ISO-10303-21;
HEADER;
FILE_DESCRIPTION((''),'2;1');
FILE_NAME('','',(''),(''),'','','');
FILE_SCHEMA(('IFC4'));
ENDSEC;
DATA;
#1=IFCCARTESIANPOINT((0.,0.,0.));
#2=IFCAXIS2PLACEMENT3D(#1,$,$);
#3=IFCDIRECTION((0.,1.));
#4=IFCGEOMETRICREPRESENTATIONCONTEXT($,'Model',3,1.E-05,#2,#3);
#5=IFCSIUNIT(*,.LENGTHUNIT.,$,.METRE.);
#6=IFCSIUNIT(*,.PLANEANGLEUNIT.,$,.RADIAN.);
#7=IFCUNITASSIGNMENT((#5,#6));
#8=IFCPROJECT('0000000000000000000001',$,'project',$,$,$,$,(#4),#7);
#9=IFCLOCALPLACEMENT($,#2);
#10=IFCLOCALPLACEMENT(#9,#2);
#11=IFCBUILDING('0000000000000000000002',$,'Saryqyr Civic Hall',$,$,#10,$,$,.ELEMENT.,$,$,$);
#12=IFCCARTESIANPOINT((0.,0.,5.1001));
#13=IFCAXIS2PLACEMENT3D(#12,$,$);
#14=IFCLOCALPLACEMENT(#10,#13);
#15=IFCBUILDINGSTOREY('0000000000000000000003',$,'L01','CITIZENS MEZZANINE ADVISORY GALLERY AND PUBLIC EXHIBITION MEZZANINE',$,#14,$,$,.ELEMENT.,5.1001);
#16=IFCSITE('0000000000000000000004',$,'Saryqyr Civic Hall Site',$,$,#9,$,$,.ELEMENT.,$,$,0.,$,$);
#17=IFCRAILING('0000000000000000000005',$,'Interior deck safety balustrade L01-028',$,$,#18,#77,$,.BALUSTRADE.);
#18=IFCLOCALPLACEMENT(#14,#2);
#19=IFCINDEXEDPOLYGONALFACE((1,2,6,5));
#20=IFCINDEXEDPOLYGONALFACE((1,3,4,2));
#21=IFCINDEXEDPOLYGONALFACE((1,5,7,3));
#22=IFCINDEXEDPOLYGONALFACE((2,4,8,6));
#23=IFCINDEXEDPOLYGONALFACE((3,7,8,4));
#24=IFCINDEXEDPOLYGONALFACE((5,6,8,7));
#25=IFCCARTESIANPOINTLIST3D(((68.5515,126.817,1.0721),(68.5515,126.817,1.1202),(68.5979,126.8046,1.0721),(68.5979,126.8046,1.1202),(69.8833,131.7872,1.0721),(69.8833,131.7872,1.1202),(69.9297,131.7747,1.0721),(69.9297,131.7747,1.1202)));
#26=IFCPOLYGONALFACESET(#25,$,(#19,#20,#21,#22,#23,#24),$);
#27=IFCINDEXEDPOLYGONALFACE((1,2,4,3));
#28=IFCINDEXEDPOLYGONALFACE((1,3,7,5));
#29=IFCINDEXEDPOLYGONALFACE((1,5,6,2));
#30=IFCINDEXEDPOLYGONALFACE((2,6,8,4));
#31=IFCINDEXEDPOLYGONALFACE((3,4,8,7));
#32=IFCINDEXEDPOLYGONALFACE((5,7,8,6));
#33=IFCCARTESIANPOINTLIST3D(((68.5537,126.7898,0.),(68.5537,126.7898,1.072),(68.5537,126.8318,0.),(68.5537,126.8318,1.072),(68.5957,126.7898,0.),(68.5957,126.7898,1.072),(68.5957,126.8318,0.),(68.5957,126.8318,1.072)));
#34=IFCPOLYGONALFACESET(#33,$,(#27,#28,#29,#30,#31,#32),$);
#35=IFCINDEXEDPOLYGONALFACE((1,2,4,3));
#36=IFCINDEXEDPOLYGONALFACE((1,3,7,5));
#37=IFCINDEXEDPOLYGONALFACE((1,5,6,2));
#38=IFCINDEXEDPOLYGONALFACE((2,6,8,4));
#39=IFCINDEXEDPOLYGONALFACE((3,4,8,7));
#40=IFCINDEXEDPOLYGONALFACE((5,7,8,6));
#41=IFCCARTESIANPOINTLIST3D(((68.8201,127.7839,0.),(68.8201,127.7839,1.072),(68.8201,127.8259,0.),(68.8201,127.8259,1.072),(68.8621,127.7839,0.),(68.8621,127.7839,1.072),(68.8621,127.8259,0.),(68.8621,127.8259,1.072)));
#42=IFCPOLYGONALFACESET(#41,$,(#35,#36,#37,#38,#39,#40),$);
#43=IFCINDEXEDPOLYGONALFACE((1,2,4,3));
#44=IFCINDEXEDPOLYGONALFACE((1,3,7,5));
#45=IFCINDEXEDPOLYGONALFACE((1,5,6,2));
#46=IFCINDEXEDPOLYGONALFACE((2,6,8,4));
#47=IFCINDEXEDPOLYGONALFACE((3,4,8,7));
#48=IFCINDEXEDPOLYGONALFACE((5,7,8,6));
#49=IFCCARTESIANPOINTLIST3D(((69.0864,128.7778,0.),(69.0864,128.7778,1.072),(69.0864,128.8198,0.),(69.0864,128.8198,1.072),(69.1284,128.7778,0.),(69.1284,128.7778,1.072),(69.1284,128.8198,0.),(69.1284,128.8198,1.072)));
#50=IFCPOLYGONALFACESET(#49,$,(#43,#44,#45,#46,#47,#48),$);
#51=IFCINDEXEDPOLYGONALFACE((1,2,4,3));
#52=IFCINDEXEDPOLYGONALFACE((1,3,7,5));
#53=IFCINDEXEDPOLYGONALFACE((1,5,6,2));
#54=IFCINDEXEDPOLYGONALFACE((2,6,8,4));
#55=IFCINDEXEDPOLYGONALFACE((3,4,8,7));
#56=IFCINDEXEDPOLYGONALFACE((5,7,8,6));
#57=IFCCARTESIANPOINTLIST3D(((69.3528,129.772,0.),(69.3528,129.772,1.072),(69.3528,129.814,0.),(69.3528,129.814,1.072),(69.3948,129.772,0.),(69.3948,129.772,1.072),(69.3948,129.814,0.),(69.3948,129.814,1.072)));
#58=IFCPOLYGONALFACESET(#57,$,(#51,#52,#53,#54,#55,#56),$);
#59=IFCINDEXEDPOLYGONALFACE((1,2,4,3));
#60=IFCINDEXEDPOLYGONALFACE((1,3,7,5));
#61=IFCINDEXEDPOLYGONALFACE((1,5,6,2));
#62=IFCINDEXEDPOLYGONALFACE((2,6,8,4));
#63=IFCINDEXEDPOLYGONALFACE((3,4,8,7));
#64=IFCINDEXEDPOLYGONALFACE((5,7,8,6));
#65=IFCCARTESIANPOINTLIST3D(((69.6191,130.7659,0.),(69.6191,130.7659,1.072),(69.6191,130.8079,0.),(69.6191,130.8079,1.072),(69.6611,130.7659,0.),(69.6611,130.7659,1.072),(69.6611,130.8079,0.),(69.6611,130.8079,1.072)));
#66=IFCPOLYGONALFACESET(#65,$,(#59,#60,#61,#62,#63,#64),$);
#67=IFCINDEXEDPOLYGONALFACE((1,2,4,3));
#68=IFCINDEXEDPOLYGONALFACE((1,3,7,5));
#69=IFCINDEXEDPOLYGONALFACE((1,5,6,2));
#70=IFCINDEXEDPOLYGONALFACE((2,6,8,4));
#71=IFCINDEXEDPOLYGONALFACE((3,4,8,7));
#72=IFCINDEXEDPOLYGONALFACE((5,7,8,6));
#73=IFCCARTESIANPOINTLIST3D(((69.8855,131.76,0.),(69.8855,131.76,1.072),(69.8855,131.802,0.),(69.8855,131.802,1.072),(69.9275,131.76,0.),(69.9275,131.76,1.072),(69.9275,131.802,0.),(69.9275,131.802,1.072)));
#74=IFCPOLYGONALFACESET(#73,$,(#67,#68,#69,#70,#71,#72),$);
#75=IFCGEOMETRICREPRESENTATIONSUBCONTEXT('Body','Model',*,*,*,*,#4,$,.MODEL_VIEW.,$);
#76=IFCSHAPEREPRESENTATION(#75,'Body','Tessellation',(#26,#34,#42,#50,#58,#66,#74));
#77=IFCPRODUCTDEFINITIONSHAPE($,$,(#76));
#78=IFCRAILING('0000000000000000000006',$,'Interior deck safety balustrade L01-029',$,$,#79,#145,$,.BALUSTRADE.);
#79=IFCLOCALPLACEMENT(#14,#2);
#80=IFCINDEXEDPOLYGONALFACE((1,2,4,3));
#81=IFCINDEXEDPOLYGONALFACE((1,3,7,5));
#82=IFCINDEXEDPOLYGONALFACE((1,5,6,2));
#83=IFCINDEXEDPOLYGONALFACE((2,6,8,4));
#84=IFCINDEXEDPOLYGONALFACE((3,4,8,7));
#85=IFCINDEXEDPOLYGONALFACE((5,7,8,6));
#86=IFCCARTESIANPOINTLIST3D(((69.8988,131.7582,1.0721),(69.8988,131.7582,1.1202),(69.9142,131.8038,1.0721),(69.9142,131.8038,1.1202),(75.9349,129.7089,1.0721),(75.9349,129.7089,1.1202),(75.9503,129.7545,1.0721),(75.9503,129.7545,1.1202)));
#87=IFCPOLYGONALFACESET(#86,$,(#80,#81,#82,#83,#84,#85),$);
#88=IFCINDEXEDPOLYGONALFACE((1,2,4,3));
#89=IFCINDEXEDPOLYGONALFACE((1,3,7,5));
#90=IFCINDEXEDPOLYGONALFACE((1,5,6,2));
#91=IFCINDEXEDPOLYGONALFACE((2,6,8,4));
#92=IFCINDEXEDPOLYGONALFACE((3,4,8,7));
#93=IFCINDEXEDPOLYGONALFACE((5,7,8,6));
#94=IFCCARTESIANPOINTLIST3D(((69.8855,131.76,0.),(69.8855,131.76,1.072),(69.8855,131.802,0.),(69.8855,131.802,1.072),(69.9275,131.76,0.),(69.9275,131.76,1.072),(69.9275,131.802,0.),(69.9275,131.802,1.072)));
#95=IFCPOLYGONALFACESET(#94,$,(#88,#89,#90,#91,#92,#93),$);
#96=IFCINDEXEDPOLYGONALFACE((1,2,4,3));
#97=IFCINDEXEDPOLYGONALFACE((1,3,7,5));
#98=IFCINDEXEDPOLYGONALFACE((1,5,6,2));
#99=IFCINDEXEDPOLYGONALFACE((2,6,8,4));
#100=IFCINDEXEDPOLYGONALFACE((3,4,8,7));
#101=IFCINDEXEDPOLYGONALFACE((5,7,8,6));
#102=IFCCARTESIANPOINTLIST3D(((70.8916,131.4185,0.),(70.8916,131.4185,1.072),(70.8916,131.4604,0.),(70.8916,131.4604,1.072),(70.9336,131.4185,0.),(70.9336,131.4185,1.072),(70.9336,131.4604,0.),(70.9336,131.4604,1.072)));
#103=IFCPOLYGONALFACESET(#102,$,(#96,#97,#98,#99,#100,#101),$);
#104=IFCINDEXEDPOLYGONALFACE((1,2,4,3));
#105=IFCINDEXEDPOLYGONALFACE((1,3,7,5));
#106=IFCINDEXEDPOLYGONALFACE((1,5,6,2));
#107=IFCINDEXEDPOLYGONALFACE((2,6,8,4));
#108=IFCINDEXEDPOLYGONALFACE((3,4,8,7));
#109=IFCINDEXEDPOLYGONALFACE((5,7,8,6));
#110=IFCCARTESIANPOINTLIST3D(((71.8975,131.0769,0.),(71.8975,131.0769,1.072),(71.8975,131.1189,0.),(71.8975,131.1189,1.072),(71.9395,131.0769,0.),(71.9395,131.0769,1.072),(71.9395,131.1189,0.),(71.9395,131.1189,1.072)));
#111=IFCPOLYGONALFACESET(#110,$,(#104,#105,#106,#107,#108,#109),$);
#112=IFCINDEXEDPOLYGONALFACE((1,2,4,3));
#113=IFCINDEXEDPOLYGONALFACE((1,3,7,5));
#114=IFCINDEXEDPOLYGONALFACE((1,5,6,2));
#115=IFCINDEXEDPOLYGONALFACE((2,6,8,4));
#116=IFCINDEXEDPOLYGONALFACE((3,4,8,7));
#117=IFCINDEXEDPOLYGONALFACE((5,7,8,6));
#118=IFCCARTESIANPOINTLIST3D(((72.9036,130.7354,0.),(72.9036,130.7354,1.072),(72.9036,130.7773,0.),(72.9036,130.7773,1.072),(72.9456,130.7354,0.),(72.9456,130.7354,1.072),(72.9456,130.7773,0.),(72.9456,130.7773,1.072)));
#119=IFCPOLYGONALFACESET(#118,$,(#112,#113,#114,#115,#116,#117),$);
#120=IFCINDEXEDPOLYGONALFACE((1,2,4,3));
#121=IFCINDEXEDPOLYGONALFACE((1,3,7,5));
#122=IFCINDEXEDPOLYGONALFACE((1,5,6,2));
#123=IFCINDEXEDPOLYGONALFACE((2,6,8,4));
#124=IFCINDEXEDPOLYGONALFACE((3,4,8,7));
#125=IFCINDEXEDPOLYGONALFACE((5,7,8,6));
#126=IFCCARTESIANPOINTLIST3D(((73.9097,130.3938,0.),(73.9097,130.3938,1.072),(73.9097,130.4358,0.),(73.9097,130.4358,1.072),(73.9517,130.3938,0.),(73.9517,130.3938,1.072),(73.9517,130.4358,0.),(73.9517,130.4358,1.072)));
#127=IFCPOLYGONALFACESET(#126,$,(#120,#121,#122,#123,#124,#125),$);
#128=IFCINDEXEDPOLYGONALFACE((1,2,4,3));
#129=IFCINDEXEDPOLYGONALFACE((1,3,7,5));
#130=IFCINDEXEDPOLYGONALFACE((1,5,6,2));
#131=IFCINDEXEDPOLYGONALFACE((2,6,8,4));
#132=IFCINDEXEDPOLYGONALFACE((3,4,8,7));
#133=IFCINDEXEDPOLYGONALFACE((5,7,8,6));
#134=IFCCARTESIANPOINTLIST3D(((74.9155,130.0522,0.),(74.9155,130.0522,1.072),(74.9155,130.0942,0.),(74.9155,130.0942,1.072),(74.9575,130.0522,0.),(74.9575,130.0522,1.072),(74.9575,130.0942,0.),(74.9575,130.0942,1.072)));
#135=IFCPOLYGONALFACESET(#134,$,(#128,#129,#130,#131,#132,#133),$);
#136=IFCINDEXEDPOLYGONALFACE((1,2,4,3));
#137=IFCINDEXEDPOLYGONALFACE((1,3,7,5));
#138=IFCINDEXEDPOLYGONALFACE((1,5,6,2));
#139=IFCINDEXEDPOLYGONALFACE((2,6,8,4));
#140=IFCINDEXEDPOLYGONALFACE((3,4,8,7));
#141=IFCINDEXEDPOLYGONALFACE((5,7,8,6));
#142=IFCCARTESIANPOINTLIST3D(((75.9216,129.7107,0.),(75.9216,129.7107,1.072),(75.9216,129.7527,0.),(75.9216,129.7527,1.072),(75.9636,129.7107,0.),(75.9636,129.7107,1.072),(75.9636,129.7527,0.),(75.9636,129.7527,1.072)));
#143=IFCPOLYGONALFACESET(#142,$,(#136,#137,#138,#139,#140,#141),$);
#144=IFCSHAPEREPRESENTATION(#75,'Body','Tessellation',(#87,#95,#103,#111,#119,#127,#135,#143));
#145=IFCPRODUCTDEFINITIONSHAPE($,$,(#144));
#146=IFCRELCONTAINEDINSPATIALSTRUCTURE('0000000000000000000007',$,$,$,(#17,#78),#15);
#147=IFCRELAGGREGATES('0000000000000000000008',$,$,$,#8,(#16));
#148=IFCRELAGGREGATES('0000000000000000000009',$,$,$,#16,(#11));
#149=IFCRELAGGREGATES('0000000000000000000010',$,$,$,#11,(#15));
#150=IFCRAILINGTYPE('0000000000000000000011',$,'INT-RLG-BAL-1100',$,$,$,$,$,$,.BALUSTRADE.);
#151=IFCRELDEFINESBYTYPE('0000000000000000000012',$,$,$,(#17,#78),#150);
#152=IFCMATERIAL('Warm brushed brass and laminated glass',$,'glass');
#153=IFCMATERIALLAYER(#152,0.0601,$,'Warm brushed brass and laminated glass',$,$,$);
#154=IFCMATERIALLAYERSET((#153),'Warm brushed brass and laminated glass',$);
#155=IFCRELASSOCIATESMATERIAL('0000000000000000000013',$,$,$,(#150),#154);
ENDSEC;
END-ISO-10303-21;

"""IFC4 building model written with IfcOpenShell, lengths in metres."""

from ifc_helpers import new_model, si_unit, direction, frame, origin, origin_2d, place, context, subcontext, project, spatial, rectangle, extrude, material, layer, layer_set, type_object, element, save


model = new_model("IFC4")

# Units and contexts
model_context = context("Model", 3, precision=1e-05, world=origin(), true_north=direction((0.0, 1.0)))
body_context = subcontext(model_context, "Body", "Model", "MODEL_VIEW")
ifc_project = project(units=[si_unit("LENGTHUNIT", "METRE"), si_unit("PLANEANGLEUNIT", "RADIAN")], contexts=[model_context])

# Site, building, storey
site_placement = place(None, origin())
site = spatial("IfcSite", under=ifc_project, at=site_placement, Name="Saryqyr Civic Hall Site", CompositionType="ELEMENT", RefElevation=0.0)
building_placement = place(site_placement, origin())
building = spatial("IfcBuilding", under=site, at=building_placement, Name="Saryqyr Civic Hall", CompositionType="ELEMENT")
storey_placement = place(building_placement, frame((0.0, 0.0, 5.1001)))
storey = spatial("IfcBuildingStorey", under=building, at=storey_placement, Name="L01", Description="CITIZENS MEZZANINE ADVISORY GALLERY AND PUBLIC EXHIBITION MEZZANINE", CompositionType="ELEMENT", Elevation=5.1001)

# Railings
ifc_material_1 = material(Name="Warm brushed brass and laminated glass", Category="glass")
ifc_layer_1 = layer(ifc_material_1, 0.0601, Name="Warm brushed brass and laminated glass")
ifc_layer_set_1 = layer_set([ifc_layer_1], Name="Warm brushed brass and laminated glass")
railing_type = type_object("IfcRailingType", Name="INT-RLG-BAL-1100", PredefinedType="BALUSTRADE", material=ifc_layer_set_1)
railing_1_placement = place(storey_placement, frame((68.5747, 126.8108, 0.0)))
element("IfcRailing", 1, at=railing_1_placement, inside=storey, type_object=railing_type, Name="Interior deck safety balustrade L01-028", PredefinedType="BALUSTRADE", context=body_context, shape_type="SweptSolid", body=[
    extrude(rectangle(XDim=0.0481, YDim=0.0481, at=origin_2d()), frame((0.0, 0.0, 1.0962), z_axis=(0.258823, 0.965925, 0.0), x_axis=(-0.965925, 0.258823, 0.0)), (0.0, 0.0, 1.0), 5.1455),
    extrude(rectangle(XDim=0.042, YDim=0.042, at=origin_2d()), origin(), (0.0, 0.0, 1.0), 1.072),
    extrude(rectangle(XDim=0.042, YDim=0.042, at=origin_2d()), frame((0.2664, 0.9941, 0.0)), (0.0, 0.0, 1.0), 1.072),
    extrude(rectangle(XDim=0.042, YDim=0.042, at=origin_2d()), frame((0.5327, 1.988, 0.0)), (0.0, 0.0, 1.0), 1.072),
    extrude(rectangle(XDim=0.042, YDim=0.042, at=origin_2d()), frame((0.7991, 2.9822, 0.0)), (0.0, 0.0, 1.0), 1.072),
    extrude(rectangle(XDim=0.042, YDim=0.042, at=origin_2d()), frame((1.0654, 3.9761, 0.0)), (0.0, 0.0, 1.0), 1.072),
    extrude(rectangle(XDim=0.042, YDim=0.042, at=origin_2d()), frame((1.3318, 4.9702, 0.0)), (0.0, 0.0, 1.0), 1.072),
])
railing_2_placement = place(storey_placement, frame((69.9065, 131.781, 0.0)))
element("IfcRailing", 2, at=railing_2_placement, inside=storey, type_object=railing_type, Name="Interior deck safety balustrade L01-029", PredefinedType="BALUSTRADE", context=body_context, shape_type="SweptSolid", body=[
    extrude(rectangle(XDim=0.0481, YDim=0.0481, at=origin_2d()), frame((0.0, 0.0, 1.0962), z_axis=(0.946915, -0.321485, 0.0), x_axis=(0.321485, 0.946915, 0.0)), (0.0, 0.0, 1.0), 6.3745),
    extrude(rectangle(XDim=0.042, YDim=0.042, at=origin_2d()), origin(), (0.0, 0.0, 1.0), 1.072),
    extrude(rectangle(XDim=0.042, YDim=0.042, at=origin_2d()), frame((1.0061, -0.3416, 0.0)), (0.0, 0.0, 1.0), 1.072),
    extrude(rectangle(XDim=0.042, YDim=0.042, at=origin_2d()), frame((2.012, -0.6831, 0.0)), (0.0, 0.0, 1.0), 1.072),
    extrude(rectangle(XDim=0.042, YDim=0.042, at=origin_2d()), frame((3.0181, -1.0247, 0.0)), (0.0, 0.0, 1.0), 1.072),
    extrude(rectangle(XDim=0.042, YDim=0.042, at=origin_2d()), frame((4.0242, -1.3662, 0.0)), (0.0, 0.0, 1.0), 1.072),
    extrude(rectangle(XDim=0.042, YDim=0.042, at=origin_2d()), frame((5.03, -1.7078, 0.0)), (0.0, 0.0, 1.0), 1.072),
    extrude(rectangle(XDim=0.042, YDim=0.042, at=origin_2d()), frame((6.0361, -2.0493, 0.0)), (0.0, 0.0, 1.0), 1.072),
])

save(model, "model.ifc")
